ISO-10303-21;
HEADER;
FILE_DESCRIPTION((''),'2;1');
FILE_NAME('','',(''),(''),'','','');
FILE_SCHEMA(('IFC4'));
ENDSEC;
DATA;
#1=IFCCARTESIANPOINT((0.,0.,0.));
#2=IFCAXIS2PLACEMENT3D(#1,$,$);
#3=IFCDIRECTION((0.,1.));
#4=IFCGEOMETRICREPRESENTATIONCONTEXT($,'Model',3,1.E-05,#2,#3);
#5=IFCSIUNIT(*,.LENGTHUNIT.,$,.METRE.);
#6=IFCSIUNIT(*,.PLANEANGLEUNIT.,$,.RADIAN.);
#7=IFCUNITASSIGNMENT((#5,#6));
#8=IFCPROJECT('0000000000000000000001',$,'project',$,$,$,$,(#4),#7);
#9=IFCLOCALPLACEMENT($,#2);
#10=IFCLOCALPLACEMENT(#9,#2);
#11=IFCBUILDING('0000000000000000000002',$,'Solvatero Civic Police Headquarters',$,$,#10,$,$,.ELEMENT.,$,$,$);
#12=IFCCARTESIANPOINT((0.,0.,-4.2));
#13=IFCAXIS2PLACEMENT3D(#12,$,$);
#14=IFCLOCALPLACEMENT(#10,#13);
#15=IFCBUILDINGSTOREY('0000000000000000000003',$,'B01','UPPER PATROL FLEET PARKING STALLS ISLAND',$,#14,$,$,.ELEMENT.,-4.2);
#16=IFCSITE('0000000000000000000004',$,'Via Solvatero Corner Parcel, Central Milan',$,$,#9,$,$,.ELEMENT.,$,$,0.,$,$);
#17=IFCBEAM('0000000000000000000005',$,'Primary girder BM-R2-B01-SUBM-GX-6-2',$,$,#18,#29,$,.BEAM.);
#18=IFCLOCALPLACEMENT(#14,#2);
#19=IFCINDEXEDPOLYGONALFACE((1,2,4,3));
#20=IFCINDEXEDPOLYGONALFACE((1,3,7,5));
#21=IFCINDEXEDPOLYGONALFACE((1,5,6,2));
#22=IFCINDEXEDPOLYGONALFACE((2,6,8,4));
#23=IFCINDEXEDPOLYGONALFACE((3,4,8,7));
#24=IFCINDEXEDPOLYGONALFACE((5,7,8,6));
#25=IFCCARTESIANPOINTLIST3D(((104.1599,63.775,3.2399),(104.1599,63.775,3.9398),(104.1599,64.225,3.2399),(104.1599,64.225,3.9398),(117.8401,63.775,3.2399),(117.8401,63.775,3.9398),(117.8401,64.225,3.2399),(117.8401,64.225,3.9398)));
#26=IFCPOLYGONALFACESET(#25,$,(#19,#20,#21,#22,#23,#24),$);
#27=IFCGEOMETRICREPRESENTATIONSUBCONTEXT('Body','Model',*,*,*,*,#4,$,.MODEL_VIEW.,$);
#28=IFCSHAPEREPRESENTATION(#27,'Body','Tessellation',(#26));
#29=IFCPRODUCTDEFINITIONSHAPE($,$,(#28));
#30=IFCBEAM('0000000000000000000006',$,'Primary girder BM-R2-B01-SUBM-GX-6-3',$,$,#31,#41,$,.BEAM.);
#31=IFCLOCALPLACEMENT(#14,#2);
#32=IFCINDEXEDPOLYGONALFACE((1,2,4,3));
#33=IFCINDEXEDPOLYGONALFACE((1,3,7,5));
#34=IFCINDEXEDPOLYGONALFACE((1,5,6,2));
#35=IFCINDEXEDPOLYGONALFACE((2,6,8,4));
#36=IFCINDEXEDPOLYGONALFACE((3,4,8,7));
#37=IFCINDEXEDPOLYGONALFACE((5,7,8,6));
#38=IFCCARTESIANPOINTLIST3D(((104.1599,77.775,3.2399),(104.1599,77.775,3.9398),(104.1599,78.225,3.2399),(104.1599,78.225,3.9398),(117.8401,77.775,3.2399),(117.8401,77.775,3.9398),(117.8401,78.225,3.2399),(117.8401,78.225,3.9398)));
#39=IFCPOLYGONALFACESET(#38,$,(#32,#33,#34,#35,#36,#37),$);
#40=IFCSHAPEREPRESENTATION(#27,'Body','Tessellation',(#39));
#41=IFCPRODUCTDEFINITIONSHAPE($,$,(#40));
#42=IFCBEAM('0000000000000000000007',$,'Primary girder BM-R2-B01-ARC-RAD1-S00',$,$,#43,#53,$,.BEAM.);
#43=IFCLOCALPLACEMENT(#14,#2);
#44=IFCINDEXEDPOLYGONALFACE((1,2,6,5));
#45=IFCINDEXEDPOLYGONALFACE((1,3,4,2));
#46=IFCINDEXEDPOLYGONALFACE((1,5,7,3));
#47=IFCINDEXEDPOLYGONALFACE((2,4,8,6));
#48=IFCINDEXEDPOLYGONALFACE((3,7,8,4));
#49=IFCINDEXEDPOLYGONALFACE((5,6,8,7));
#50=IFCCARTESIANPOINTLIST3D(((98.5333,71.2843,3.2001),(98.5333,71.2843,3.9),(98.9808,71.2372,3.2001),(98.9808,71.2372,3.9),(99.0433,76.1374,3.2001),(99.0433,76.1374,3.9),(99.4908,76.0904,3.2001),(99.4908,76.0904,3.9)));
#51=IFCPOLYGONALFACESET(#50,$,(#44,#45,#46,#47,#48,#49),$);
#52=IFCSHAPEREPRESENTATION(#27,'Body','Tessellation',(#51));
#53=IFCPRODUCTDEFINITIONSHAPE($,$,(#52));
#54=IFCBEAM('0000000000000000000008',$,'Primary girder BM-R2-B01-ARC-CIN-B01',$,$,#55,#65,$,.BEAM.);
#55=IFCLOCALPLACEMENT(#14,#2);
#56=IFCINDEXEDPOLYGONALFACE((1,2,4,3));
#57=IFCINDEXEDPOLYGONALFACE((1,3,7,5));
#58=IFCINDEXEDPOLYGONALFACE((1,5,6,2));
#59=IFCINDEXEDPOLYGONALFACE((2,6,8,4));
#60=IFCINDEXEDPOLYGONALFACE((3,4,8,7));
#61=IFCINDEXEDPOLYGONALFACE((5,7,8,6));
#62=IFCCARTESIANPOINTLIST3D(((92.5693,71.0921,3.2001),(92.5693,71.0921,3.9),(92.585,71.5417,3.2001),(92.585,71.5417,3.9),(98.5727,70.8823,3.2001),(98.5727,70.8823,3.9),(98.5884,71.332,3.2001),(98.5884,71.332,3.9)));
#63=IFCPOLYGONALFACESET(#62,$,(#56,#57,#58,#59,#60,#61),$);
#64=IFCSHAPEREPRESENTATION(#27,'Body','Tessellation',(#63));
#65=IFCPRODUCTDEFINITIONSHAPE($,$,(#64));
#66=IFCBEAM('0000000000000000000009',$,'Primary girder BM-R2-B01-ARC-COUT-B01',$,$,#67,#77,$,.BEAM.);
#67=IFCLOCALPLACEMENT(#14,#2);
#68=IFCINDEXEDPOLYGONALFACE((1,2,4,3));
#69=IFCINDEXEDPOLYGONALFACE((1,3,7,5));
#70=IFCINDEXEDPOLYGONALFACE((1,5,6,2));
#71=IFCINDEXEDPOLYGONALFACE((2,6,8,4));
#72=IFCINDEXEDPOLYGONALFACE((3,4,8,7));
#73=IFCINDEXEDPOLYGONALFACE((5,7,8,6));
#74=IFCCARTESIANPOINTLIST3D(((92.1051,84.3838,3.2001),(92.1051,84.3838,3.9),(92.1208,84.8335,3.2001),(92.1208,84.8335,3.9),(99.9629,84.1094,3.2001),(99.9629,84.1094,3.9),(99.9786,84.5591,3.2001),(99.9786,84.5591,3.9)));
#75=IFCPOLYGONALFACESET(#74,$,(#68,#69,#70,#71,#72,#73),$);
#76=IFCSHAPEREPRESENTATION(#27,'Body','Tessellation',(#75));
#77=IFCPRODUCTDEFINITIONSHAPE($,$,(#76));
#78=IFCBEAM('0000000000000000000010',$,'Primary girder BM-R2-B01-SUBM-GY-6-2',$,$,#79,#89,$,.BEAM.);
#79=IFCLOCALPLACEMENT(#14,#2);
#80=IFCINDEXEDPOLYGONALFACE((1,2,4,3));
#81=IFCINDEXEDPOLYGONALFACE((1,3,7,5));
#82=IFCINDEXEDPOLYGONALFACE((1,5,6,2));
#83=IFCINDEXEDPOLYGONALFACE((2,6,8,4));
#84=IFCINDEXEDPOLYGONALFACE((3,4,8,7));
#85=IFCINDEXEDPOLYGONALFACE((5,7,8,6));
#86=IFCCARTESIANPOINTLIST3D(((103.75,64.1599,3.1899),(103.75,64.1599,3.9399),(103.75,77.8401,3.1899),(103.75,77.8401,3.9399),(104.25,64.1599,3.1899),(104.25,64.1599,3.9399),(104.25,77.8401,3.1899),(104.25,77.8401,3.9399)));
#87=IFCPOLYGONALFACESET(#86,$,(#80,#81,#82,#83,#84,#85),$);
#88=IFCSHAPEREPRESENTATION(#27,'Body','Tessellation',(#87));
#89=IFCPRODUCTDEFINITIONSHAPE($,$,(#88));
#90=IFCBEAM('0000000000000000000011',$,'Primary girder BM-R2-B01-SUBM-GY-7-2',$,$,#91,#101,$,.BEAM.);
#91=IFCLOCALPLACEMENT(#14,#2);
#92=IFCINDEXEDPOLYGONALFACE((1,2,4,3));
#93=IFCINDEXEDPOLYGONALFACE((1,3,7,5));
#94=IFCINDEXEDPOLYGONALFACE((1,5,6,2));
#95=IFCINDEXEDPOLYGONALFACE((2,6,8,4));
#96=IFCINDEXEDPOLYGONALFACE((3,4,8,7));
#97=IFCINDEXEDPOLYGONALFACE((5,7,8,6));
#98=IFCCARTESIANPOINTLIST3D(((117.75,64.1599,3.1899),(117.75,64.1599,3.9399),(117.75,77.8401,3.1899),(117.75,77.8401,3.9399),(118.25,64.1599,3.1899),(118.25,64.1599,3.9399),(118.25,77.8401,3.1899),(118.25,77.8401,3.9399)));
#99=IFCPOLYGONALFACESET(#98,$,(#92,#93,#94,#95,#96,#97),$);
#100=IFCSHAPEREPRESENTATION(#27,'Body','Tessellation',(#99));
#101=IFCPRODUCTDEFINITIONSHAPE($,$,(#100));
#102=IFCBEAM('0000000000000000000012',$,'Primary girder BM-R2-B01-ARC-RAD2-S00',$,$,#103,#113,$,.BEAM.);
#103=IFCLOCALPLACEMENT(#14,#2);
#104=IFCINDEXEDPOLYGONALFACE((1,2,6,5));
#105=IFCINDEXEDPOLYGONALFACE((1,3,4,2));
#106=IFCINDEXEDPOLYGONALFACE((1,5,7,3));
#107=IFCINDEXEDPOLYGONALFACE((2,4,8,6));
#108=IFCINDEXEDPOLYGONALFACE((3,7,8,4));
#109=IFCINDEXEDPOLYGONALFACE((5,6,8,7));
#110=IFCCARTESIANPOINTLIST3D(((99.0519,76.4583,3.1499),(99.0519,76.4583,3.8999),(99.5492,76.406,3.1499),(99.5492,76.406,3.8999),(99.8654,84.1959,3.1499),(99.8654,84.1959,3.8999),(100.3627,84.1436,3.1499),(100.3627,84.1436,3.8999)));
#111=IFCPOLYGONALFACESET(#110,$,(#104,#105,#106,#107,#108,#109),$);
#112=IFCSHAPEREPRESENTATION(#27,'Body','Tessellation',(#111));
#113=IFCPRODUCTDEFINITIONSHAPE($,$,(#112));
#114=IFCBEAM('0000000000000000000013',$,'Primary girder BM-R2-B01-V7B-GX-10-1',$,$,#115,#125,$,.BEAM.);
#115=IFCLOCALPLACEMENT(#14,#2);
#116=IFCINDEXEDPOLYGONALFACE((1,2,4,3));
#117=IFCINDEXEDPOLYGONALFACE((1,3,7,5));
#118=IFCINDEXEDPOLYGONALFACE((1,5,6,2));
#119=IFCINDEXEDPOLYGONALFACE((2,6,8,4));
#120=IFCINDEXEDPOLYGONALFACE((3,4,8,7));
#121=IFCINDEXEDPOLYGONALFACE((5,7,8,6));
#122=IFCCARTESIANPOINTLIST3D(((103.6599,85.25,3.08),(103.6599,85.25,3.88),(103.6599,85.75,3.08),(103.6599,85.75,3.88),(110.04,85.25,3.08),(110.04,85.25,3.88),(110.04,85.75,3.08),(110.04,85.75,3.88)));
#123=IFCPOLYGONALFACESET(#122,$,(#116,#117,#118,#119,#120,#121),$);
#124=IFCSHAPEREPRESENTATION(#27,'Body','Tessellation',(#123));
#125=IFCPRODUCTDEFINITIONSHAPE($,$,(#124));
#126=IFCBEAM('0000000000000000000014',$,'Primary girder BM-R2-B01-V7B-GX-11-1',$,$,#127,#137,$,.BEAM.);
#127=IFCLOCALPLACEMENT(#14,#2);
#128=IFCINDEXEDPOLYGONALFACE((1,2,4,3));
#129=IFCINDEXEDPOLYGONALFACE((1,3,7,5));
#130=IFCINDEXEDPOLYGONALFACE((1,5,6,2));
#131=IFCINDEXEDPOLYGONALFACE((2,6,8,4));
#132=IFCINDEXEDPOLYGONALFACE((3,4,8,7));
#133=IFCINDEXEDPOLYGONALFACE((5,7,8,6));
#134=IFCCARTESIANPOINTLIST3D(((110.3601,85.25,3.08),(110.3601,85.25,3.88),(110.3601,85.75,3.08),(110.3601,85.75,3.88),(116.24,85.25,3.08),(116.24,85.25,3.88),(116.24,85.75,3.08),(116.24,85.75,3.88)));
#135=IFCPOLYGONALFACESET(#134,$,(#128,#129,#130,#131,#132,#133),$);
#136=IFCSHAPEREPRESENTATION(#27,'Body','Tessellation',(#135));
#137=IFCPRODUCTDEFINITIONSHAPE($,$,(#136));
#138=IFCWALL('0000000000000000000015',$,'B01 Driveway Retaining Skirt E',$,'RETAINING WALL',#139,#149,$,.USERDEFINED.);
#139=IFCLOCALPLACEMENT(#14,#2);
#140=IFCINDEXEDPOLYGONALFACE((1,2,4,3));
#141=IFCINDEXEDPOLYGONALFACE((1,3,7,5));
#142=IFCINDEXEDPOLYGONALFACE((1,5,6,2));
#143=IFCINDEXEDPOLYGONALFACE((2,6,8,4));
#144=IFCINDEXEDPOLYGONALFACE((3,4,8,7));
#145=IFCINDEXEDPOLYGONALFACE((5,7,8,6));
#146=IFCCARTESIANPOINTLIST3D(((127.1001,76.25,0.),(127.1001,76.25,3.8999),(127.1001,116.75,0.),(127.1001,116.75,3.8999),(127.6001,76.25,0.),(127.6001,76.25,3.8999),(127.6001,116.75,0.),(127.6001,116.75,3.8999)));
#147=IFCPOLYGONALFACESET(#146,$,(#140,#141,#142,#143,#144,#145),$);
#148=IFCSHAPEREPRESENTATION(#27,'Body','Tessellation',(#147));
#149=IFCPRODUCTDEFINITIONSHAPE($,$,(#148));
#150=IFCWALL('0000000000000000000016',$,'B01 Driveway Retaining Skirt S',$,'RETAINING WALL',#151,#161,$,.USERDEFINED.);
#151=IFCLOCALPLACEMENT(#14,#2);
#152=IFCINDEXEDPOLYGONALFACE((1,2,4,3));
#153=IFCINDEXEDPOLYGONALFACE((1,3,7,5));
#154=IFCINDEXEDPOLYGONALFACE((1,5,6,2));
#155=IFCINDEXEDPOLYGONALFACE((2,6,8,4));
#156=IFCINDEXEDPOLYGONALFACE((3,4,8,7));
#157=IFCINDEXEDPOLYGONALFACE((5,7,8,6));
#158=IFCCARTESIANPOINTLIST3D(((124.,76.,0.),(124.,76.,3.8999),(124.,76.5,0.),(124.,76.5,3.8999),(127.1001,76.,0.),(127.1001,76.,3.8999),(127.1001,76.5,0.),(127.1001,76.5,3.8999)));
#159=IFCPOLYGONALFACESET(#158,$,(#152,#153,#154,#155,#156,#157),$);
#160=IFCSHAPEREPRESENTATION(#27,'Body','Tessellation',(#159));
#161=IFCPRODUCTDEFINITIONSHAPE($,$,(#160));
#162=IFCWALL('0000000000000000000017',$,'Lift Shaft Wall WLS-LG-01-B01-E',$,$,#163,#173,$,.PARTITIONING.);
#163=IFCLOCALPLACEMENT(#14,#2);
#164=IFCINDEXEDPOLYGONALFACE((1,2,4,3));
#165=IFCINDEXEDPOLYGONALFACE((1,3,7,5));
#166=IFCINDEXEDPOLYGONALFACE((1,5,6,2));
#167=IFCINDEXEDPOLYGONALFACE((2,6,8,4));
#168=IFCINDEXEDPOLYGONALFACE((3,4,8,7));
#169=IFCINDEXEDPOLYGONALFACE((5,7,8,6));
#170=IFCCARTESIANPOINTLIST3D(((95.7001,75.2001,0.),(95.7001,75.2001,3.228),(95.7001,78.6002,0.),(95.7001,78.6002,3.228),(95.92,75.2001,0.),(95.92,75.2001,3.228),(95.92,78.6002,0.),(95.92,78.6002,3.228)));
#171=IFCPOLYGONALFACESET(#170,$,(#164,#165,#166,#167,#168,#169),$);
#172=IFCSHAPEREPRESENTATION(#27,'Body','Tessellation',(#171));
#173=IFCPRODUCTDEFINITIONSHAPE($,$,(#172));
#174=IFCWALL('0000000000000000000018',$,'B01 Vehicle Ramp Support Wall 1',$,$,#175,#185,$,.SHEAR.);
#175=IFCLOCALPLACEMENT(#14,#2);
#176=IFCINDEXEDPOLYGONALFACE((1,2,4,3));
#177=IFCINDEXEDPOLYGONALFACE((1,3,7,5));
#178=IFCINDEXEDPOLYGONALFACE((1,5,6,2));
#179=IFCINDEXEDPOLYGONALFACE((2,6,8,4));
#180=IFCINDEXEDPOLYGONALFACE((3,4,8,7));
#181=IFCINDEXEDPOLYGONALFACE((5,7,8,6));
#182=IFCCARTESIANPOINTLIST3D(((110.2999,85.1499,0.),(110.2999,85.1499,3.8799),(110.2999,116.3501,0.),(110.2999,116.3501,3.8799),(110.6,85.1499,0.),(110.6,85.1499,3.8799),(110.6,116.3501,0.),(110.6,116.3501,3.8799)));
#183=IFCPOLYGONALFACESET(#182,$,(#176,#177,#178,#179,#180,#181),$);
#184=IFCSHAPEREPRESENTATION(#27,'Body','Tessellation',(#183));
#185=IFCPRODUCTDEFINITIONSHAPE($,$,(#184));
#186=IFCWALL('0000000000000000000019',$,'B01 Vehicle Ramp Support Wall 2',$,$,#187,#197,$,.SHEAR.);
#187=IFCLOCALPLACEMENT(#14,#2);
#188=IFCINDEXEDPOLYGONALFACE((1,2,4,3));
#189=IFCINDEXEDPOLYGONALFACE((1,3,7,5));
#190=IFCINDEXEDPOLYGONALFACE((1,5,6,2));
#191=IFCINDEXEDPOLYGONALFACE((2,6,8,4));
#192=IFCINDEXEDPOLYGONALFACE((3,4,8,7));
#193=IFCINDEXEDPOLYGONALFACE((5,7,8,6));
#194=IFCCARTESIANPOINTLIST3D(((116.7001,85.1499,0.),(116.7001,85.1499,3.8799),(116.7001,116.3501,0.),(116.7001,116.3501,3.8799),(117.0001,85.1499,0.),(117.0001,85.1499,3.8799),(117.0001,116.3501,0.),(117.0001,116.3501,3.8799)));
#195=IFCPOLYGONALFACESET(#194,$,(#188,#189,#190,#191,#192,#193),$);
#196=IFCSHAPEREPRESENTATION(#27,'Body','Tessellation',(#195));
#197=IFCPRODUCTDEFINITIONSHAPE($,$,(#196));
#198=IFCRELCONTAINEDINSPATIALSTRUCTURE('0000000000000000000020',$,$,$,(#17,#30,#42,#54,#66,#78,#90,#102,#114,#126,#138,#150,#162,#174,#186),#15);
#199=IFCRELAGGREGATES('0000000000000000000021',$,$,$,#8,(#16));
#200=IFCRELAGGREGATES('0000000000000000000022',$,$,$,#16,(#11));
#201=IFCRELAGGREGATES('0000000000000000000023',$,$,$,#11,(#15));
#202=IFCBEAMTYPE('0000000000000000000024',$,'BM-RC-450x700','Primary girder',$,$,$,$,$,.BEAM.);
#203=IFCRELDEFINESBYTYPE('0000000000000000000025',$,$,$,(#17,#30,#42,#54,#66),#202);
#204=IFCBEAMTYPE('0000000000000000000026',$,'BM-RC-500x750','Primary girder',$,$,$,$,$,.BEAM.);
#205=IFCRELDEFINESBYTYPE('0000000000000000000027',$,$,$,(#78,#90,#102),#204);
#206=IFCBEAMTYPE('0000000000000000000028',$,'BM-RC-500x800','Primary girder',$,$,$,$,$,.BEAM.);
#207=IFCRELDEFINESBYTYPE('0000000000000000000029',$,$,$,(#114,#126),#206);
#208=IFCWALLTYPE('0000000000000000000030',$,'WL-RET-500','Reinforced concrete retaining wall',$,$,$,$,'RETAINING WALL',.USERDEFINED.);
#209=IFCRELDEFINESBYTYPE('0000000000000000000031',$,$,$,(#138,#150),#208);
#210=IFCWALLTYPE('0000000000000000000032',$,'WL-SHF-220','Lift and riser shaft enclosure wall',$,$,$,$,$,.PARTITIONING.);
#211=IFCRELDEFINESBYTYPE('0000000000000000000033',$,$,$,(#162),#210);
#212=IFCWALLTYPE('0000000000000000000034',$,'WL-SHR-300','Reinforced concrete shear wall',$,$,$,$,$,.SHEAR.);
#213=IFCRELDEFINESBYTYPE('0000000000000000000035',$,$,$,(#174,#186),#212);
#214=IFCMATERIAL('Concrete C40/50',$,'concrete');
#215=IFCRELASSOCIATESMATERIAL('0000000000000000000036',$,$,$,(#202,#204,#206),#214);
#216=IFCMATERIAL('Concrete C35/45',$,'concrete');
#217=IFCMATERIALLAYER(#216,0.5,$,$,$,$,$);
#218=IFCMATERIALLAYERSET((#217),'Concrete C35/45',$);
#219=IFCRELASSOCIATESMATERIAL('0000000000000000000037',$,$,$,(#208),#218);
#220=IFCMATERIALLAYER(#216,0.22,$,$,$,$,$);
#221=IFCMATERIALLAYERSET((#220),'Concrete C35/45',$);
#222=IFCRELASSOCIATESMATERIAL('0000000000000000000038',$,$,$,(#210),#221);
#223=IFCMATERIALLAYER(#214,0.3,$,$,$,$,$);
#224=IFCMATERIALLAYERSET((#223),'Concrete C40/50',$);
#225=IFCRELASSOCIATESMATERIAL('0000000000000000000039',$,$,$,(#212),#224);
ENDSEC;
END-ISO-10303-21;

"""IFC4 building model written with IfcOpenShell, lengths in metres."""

from ifc_helpers import new_model, si_unit, direction, frame, frame_2d, origin, origin_2d, place, context, subcontext, project, spatial, rectangle, extrude, material, layer, layer_set, material_profile, profile_set, type_object, element, save


model = new_model("IFC4")

# Units and contexts
model_context = context("Model", 3, precision=1e-05, world=origin(), true_north=direction((0.0, 1.0)))
body_context = subcontext(model_context, "Body", "Model", "MODEL_VIEW")
ifc_project = project(units=[si_unit("LENGTHUNIT", "METRE"), si_unit("PLANEANGLEUNIT", "RADIAN")], contexts=[model_context])

# Site, building, storey
site_placement = place(None, origin())
site = spatial("IfcSite", under=ifc_project, at=site_placement, Name="Via Solvatero Corner Parcel, Central Milan", CompositionType="ELEMENT", RefElevation=0.0)
building_placement = place(site_placement, origin())
building = spatial("IfcBuilding", under=site, at=building_placement, Name="Solvatero Civic Police Headquarters", CompositionType="ELEMENT")
storey_placement = place(building_placement, frame((0.0, 0.0, -4.2)))
storey = spatial("IfcBuildingStorey", under=building, at=storey_placement, Name="B01", Description="UPPER PATROL FLEET PARKING STALLS ISLAND", CompositionType="ELEMENT", Elevation=-4.2)

# Shared definitions
ifc_material_1 = material(Name="Concrete C40/50", Category="concrete")

# Beams
ifc_material_profile_1 = material_profile(ifc_material_1, rectangle(XDim=0.45, YDim=0.7, at=origin_2d()), Name="RC 450x700")
ifc_profile_set_1 = profile_set([ifc_material_profile_1], Name="Concrete C40/50")
beam_type_1 = type_object("IfcBeamType", Name="BM-RC-450x700", Description="Primary girder", PredefinedType="BEAM", material=ifc_profile_set_1)
for number, where, z_axis, x_axis, name in (
    (1, (104.1599, 64.0, 3.5898), (1.0, 0.0, 0.0), (0.0, 1.0, 0.0), "Primary girder BM-R2-B01-SUBM-GX-6-2"),
    (2, (104.1599, 78.0, 3.5898), (1.0, 0.0, 0.0), (0.0, 1.0, 0.0), "Primary girder BM-R2-B01-SUBM-GX-6-3"),
):
    element("IfcBeam", number, at=place(storey_placement, frame(where, z_axis=z_axis, x_axis=x_axis)), inside=storey, type_object=beam_type_1, Name=name, PredefinedType="BEAM", context=body_context, shape_type="SweptSolid", body=[
        extrude(rectangle(XDim=0.45, YDim=0.7, at=origin_2d()), origin(), (0.0, 0.0, 1.0), 13.6802),
    ])
beam_1_placement = place(storey_placement, frame((98.7571, 71.2607, 3.55), z_axis=(0.10451, 0.994524, 0.0), x_axis=(-0.994524, 0.10451, 0.0)))
element("IfcBeam", 3, at=beam_1_placement, inside=storey, type_object=beam_type_1, Name="Primary girder BM-R2-B01-ARC-RAD1-S00", PredefinedType="BEAM", context=body_context, shape_type="SweptSolid", body=[
    extrude(rectangle(XDim=0.45, YDim=0.7, at=origin_2d()), origin(), (0.0, 0.0, 1.0), 4.8799),
])
beam_2_placement = place(storey_placement, frame((98.5806, 71.1072, 3.55), z_axis=(-0.99939, 0.034912, 0.0), x_axis=(-0.034912, -0.99939, 0.0)))
element("IfcBeam", 4, at=beam_2_placement, inside=storey, type_object=beam_type_1, Name="Primary girder BM-R2-B01-ARC-CIN-B01", PredefinedType="BEAM", context=body_context, shape_type="SweptSolid", body=[
    extrude(rectangle(XDim=0.45, YDim=0.7, at=origin_2d()), origin(), (0.0, 0.0, 1.0), 6.0071),
])
beam_3_placement = place(storey_placement, frame((99.9707, 84.3342, 3.55), z_axis=(-0.999391, 0.034902, 0.0), x_axis=(-0.034902, -0.999391, 0.0)))
element("IfcBeam", 5, at=beam_3_placement, inside=storey, type_object=beam_type_1, Name="Primary girder BM-R2-B01-ARC-COUT-B01", PredefinedType="BEAM", context=body_context, shape_type="SweptSolid", body=[
    extrude(rectangle(XDim=0.45, YDim=0.7, at=origin_2d()), origin(), (0.0, 0.0, 1.0), 7.8625),
])
ifc_material_profile_2 = material_profile(ifc_material_1, rectangle(XDim=0.5, YDim=0.75, at=origin_2d()), Name="RC 500x750")
ifc_profile_set_2 = profile_set([ifc_material_profile_2], Name="Concrete C40/50")
beam_type_2 = type_object("IfcBeamType", Name="BM-RC-500x750", Description="Primary girder", PredefinedType="BEAM", material=ifc_profile_set_2)
for number, where, z_axis, x_axis, name in (
    (6, (104.0, 64.1599, 3.5649), (0.0, 1.0, 0.0), (-1.0, 0.0, 0.0), "Primary girder BM-R2-B01-SUBM-GY-6-2"),
    (7, (118.0, 64.1599, 3.5649), (0.0, 1.0, 0.0), (-1.0, 0.0, 0.0), "Primary girder BM-R2-B01-SUBM-GY-7-2"),
):
    element("IfcBeam", number, at=place(storey_placement, frame(where, z_axis=z_axis, x_axis=x_axis)), inside=storey, type_object=beam_type_2, Name=name, PredefinedType="BEAM", context=body_context, shape_type="SweptSolid", body=[
        extrude(rectangle(XDim=0.5, YDim=0.75, at=origin_2d()), origin(), (0.0, 0.0, 1.0), 13.6802),
    ])
beam_4_placement = place(storey_placement, frame((99.3005, 76.4321, 3.5249), z_axis=(0.104557, 0.994519, 0.0), x_axis=(-0.994519, 0.104557, 0.0)))
element("IfcBeam", 8, at=beam_4_placement, inside=storey, type_object=beam_type_2, Name="Primary girder BM-R2-B01-ARC-RAD2-S00", PredefinedType="BEAM", context=body_context, shape_type="SweptSolid", body=[
    extrude(rectangle(XDim=0.5, YDim=0.75, at=origin_2d()), origin(), (0.0, 0.0, 1.0), 7.7803),
])
ifc_material_profile_3 = material_profile(ifc_material_1, rectangle(XDim=0.5, YDim=0.8, at=origin_2d()), Name="RC 500x800")
ifc_profile_set_3 = profile_set([ifc_material_profile_3], Name="Concrete C40/50")
beam_type_3 = type_object("IfcBeamType", Name="BM-RC-500x800", Description="Primary girder", PredefinedType="BEAM", material=ifc_profile_set_3)
beam_5_placement = place(storey_placement, frame((103.6599, 85.5, 3.48), z_axis=(1.0, 0.0, 0.0), x_axis=(0.0, 1.0, 0.0)))
element("IfcBeam", 9, at=beam_5_placement, inside=storey, type_object=beam_type_3, Name="Primary girder BM-R2-B01-V7B-GX-10-1", PredefinedType="BEAM", context=body_context, shape_type="SweptSolid", body=[
    extrude(rectangle(XDim=0.5, YDim=0.8, at=origin_2d()), origin(), (0.0, 0.0, 1.0), 6.3801),
])
beam_6_placement = place(storey_placement, frame((110.3601, 85.5, 3.48), z_axis=(1.0, 0.0, 0.0), x_axis=(0.0, 1.0, 0.0)))
element("IfcBeam", 10, at=beam_6_placement, inside=storey, type_object=beam_type_3, Name="Primary girder BM-R2-B01-V7B-GX-11-1", PredefinedType="BEAM", context=body_context, shape_type="SweptSolid", body=[
    extrude(rectangle(XDim=0.5, YDim=0.8, at=origin_2d()), origin(), (0.0, 0.0, 1.0), 5.8799),
])

# Walls
ifc_material_2 = material(Name="Concrete C35/45", Category="concrete")
ifc_layer_1 = layer(ifc_material_2, 0.5)
ifc_layer_set_1 = layer_set([ifc_layer_1], Name="Concrete C35/45")
wall_type_1 = type_object("IfcWallType", Name="WL-RET-500", Description="Reinforced concrete retaining wall", ElementType="RETAINING WALL", PredefinedType="USERDEFINED", material=ifc_layer_set_1)
wall_1_placement = place(storey_placement, frame((127.3501, 76.25, 0.0), z_axis=(0.0, 0.0, 1.0), x_axis=(0.0, 1.0, 0.0)))
element("IfcWall", 11, at=wall_1_placement, inside=storey, type_object=wall_type_1, Name="B01 Driveway Retaining Skirt E", ObjectType="RETAINING WALL", PredefinedType="USERDEFINED", context=body_context, shape_type="SweptSolid", body=[
    extrude(rectangle(XDim=40.5, YDim=0.5, at=frame_2d((20.25, 0.0))), origin(), (0.0, 0.0, 1.0), 3.8999),
])
wall_2_placement = place(storey_placement, frame((124.0, 76.25, 0.0), z_axis=(0.0, 0.0, 1.0), x_axis=(1.0, 0.0, 0.0)))
element("IfcWall", 12, at=wall_2_placement, inside=storey, type_object=wall_type_1, Name="B01 Driveway Retaining Skirt S", ObjectType="RETAINING WALL", PredefinedType="USERDEFINED", context=body_context, shape_type="SweptSolid", body=[
    extrude(rectangle(XDim=3.1001, YDim=0.5, at=frame_2d((1.55, 0.0))), origin(), (0.0, 0.0, 1.0), 3.8999),
])
ifc_layer_2 = layer(ifc_material_2, 0.22)
ifc_layer_set_2 = layer_set([ifc_layer_2], Name="Concrete C35/45")
wall_type_2 = type_object("IfcWallType", Name="WL-SHF-220", Description="Lift and riser shaft enclosure wall", PredefinedType="PARTITIONING", material=ifc_layer_set_2)
wall_3_placement = place(storey_placement, frame((95.8101, 75.2, 0.0), z_axis=(0.0, 0.0, 1.0), x_axis=(0.0, 1.0, 0.0)))
element("IfcWall", 13, at=wall_3_placement, inside=storey, type_object=wall_type_2, Name="Lift Shaft Wall WLS-LG-01-B01-E", PredefinedType="PARTITIONING", context=body_context, shape_type="SweptSolid", body=[
    extrude(rectangle(XDim=3.4001, YDim=0.22, at=frame_2d((1.7002, 0.0))), origin(), (0.0, 0.0, 1.0), 3.228),
])
ifc_layer_3 = layer(ifc_material_1, 0.3)
ifc_layer_set_3 = layer_set([ifc_layer_3], Name="Concrete C40/50")
wall_type_3 = type_object("IfcWallType", Name="WL-SHR-300", Description="Reinforced concrete shear wall", PredefinedType="SHEAR", material=ifc_layer_set_3)
for number, where, z_axis, x_axis, name in (
    (14, (110.45, 85.1499, 0.0), (0.0, 0.0, 1.0), (0.0, 1.0, 0.0), "B01 Vehicle Ramp Support Wall 1"),
    (15, (116.8501, 85.1499, 0.0), (0.0, 0.0, 1.0), (0.0, 1.0, 0.0), "B01 Vehicle Ramp Support Wall 2"),
):
    element("IfcWall", number, at=place(storey_placement, frame(where, z_axis=z_axis, x_axis=x_axis)), inside=storey, type_object=wall_type_3, Name=name, PredefinedType="SHEAR", context=body_context, shape_type="SweptSolid", body=[
        extrude(rectangle(XDim=31.2002, YDim=0.3, at=frame_2d((15.6001, 0.0))), origin(), (0.0, 0.0, 1.0), 3.8799),
    ])

save(model, "model.ifc")
